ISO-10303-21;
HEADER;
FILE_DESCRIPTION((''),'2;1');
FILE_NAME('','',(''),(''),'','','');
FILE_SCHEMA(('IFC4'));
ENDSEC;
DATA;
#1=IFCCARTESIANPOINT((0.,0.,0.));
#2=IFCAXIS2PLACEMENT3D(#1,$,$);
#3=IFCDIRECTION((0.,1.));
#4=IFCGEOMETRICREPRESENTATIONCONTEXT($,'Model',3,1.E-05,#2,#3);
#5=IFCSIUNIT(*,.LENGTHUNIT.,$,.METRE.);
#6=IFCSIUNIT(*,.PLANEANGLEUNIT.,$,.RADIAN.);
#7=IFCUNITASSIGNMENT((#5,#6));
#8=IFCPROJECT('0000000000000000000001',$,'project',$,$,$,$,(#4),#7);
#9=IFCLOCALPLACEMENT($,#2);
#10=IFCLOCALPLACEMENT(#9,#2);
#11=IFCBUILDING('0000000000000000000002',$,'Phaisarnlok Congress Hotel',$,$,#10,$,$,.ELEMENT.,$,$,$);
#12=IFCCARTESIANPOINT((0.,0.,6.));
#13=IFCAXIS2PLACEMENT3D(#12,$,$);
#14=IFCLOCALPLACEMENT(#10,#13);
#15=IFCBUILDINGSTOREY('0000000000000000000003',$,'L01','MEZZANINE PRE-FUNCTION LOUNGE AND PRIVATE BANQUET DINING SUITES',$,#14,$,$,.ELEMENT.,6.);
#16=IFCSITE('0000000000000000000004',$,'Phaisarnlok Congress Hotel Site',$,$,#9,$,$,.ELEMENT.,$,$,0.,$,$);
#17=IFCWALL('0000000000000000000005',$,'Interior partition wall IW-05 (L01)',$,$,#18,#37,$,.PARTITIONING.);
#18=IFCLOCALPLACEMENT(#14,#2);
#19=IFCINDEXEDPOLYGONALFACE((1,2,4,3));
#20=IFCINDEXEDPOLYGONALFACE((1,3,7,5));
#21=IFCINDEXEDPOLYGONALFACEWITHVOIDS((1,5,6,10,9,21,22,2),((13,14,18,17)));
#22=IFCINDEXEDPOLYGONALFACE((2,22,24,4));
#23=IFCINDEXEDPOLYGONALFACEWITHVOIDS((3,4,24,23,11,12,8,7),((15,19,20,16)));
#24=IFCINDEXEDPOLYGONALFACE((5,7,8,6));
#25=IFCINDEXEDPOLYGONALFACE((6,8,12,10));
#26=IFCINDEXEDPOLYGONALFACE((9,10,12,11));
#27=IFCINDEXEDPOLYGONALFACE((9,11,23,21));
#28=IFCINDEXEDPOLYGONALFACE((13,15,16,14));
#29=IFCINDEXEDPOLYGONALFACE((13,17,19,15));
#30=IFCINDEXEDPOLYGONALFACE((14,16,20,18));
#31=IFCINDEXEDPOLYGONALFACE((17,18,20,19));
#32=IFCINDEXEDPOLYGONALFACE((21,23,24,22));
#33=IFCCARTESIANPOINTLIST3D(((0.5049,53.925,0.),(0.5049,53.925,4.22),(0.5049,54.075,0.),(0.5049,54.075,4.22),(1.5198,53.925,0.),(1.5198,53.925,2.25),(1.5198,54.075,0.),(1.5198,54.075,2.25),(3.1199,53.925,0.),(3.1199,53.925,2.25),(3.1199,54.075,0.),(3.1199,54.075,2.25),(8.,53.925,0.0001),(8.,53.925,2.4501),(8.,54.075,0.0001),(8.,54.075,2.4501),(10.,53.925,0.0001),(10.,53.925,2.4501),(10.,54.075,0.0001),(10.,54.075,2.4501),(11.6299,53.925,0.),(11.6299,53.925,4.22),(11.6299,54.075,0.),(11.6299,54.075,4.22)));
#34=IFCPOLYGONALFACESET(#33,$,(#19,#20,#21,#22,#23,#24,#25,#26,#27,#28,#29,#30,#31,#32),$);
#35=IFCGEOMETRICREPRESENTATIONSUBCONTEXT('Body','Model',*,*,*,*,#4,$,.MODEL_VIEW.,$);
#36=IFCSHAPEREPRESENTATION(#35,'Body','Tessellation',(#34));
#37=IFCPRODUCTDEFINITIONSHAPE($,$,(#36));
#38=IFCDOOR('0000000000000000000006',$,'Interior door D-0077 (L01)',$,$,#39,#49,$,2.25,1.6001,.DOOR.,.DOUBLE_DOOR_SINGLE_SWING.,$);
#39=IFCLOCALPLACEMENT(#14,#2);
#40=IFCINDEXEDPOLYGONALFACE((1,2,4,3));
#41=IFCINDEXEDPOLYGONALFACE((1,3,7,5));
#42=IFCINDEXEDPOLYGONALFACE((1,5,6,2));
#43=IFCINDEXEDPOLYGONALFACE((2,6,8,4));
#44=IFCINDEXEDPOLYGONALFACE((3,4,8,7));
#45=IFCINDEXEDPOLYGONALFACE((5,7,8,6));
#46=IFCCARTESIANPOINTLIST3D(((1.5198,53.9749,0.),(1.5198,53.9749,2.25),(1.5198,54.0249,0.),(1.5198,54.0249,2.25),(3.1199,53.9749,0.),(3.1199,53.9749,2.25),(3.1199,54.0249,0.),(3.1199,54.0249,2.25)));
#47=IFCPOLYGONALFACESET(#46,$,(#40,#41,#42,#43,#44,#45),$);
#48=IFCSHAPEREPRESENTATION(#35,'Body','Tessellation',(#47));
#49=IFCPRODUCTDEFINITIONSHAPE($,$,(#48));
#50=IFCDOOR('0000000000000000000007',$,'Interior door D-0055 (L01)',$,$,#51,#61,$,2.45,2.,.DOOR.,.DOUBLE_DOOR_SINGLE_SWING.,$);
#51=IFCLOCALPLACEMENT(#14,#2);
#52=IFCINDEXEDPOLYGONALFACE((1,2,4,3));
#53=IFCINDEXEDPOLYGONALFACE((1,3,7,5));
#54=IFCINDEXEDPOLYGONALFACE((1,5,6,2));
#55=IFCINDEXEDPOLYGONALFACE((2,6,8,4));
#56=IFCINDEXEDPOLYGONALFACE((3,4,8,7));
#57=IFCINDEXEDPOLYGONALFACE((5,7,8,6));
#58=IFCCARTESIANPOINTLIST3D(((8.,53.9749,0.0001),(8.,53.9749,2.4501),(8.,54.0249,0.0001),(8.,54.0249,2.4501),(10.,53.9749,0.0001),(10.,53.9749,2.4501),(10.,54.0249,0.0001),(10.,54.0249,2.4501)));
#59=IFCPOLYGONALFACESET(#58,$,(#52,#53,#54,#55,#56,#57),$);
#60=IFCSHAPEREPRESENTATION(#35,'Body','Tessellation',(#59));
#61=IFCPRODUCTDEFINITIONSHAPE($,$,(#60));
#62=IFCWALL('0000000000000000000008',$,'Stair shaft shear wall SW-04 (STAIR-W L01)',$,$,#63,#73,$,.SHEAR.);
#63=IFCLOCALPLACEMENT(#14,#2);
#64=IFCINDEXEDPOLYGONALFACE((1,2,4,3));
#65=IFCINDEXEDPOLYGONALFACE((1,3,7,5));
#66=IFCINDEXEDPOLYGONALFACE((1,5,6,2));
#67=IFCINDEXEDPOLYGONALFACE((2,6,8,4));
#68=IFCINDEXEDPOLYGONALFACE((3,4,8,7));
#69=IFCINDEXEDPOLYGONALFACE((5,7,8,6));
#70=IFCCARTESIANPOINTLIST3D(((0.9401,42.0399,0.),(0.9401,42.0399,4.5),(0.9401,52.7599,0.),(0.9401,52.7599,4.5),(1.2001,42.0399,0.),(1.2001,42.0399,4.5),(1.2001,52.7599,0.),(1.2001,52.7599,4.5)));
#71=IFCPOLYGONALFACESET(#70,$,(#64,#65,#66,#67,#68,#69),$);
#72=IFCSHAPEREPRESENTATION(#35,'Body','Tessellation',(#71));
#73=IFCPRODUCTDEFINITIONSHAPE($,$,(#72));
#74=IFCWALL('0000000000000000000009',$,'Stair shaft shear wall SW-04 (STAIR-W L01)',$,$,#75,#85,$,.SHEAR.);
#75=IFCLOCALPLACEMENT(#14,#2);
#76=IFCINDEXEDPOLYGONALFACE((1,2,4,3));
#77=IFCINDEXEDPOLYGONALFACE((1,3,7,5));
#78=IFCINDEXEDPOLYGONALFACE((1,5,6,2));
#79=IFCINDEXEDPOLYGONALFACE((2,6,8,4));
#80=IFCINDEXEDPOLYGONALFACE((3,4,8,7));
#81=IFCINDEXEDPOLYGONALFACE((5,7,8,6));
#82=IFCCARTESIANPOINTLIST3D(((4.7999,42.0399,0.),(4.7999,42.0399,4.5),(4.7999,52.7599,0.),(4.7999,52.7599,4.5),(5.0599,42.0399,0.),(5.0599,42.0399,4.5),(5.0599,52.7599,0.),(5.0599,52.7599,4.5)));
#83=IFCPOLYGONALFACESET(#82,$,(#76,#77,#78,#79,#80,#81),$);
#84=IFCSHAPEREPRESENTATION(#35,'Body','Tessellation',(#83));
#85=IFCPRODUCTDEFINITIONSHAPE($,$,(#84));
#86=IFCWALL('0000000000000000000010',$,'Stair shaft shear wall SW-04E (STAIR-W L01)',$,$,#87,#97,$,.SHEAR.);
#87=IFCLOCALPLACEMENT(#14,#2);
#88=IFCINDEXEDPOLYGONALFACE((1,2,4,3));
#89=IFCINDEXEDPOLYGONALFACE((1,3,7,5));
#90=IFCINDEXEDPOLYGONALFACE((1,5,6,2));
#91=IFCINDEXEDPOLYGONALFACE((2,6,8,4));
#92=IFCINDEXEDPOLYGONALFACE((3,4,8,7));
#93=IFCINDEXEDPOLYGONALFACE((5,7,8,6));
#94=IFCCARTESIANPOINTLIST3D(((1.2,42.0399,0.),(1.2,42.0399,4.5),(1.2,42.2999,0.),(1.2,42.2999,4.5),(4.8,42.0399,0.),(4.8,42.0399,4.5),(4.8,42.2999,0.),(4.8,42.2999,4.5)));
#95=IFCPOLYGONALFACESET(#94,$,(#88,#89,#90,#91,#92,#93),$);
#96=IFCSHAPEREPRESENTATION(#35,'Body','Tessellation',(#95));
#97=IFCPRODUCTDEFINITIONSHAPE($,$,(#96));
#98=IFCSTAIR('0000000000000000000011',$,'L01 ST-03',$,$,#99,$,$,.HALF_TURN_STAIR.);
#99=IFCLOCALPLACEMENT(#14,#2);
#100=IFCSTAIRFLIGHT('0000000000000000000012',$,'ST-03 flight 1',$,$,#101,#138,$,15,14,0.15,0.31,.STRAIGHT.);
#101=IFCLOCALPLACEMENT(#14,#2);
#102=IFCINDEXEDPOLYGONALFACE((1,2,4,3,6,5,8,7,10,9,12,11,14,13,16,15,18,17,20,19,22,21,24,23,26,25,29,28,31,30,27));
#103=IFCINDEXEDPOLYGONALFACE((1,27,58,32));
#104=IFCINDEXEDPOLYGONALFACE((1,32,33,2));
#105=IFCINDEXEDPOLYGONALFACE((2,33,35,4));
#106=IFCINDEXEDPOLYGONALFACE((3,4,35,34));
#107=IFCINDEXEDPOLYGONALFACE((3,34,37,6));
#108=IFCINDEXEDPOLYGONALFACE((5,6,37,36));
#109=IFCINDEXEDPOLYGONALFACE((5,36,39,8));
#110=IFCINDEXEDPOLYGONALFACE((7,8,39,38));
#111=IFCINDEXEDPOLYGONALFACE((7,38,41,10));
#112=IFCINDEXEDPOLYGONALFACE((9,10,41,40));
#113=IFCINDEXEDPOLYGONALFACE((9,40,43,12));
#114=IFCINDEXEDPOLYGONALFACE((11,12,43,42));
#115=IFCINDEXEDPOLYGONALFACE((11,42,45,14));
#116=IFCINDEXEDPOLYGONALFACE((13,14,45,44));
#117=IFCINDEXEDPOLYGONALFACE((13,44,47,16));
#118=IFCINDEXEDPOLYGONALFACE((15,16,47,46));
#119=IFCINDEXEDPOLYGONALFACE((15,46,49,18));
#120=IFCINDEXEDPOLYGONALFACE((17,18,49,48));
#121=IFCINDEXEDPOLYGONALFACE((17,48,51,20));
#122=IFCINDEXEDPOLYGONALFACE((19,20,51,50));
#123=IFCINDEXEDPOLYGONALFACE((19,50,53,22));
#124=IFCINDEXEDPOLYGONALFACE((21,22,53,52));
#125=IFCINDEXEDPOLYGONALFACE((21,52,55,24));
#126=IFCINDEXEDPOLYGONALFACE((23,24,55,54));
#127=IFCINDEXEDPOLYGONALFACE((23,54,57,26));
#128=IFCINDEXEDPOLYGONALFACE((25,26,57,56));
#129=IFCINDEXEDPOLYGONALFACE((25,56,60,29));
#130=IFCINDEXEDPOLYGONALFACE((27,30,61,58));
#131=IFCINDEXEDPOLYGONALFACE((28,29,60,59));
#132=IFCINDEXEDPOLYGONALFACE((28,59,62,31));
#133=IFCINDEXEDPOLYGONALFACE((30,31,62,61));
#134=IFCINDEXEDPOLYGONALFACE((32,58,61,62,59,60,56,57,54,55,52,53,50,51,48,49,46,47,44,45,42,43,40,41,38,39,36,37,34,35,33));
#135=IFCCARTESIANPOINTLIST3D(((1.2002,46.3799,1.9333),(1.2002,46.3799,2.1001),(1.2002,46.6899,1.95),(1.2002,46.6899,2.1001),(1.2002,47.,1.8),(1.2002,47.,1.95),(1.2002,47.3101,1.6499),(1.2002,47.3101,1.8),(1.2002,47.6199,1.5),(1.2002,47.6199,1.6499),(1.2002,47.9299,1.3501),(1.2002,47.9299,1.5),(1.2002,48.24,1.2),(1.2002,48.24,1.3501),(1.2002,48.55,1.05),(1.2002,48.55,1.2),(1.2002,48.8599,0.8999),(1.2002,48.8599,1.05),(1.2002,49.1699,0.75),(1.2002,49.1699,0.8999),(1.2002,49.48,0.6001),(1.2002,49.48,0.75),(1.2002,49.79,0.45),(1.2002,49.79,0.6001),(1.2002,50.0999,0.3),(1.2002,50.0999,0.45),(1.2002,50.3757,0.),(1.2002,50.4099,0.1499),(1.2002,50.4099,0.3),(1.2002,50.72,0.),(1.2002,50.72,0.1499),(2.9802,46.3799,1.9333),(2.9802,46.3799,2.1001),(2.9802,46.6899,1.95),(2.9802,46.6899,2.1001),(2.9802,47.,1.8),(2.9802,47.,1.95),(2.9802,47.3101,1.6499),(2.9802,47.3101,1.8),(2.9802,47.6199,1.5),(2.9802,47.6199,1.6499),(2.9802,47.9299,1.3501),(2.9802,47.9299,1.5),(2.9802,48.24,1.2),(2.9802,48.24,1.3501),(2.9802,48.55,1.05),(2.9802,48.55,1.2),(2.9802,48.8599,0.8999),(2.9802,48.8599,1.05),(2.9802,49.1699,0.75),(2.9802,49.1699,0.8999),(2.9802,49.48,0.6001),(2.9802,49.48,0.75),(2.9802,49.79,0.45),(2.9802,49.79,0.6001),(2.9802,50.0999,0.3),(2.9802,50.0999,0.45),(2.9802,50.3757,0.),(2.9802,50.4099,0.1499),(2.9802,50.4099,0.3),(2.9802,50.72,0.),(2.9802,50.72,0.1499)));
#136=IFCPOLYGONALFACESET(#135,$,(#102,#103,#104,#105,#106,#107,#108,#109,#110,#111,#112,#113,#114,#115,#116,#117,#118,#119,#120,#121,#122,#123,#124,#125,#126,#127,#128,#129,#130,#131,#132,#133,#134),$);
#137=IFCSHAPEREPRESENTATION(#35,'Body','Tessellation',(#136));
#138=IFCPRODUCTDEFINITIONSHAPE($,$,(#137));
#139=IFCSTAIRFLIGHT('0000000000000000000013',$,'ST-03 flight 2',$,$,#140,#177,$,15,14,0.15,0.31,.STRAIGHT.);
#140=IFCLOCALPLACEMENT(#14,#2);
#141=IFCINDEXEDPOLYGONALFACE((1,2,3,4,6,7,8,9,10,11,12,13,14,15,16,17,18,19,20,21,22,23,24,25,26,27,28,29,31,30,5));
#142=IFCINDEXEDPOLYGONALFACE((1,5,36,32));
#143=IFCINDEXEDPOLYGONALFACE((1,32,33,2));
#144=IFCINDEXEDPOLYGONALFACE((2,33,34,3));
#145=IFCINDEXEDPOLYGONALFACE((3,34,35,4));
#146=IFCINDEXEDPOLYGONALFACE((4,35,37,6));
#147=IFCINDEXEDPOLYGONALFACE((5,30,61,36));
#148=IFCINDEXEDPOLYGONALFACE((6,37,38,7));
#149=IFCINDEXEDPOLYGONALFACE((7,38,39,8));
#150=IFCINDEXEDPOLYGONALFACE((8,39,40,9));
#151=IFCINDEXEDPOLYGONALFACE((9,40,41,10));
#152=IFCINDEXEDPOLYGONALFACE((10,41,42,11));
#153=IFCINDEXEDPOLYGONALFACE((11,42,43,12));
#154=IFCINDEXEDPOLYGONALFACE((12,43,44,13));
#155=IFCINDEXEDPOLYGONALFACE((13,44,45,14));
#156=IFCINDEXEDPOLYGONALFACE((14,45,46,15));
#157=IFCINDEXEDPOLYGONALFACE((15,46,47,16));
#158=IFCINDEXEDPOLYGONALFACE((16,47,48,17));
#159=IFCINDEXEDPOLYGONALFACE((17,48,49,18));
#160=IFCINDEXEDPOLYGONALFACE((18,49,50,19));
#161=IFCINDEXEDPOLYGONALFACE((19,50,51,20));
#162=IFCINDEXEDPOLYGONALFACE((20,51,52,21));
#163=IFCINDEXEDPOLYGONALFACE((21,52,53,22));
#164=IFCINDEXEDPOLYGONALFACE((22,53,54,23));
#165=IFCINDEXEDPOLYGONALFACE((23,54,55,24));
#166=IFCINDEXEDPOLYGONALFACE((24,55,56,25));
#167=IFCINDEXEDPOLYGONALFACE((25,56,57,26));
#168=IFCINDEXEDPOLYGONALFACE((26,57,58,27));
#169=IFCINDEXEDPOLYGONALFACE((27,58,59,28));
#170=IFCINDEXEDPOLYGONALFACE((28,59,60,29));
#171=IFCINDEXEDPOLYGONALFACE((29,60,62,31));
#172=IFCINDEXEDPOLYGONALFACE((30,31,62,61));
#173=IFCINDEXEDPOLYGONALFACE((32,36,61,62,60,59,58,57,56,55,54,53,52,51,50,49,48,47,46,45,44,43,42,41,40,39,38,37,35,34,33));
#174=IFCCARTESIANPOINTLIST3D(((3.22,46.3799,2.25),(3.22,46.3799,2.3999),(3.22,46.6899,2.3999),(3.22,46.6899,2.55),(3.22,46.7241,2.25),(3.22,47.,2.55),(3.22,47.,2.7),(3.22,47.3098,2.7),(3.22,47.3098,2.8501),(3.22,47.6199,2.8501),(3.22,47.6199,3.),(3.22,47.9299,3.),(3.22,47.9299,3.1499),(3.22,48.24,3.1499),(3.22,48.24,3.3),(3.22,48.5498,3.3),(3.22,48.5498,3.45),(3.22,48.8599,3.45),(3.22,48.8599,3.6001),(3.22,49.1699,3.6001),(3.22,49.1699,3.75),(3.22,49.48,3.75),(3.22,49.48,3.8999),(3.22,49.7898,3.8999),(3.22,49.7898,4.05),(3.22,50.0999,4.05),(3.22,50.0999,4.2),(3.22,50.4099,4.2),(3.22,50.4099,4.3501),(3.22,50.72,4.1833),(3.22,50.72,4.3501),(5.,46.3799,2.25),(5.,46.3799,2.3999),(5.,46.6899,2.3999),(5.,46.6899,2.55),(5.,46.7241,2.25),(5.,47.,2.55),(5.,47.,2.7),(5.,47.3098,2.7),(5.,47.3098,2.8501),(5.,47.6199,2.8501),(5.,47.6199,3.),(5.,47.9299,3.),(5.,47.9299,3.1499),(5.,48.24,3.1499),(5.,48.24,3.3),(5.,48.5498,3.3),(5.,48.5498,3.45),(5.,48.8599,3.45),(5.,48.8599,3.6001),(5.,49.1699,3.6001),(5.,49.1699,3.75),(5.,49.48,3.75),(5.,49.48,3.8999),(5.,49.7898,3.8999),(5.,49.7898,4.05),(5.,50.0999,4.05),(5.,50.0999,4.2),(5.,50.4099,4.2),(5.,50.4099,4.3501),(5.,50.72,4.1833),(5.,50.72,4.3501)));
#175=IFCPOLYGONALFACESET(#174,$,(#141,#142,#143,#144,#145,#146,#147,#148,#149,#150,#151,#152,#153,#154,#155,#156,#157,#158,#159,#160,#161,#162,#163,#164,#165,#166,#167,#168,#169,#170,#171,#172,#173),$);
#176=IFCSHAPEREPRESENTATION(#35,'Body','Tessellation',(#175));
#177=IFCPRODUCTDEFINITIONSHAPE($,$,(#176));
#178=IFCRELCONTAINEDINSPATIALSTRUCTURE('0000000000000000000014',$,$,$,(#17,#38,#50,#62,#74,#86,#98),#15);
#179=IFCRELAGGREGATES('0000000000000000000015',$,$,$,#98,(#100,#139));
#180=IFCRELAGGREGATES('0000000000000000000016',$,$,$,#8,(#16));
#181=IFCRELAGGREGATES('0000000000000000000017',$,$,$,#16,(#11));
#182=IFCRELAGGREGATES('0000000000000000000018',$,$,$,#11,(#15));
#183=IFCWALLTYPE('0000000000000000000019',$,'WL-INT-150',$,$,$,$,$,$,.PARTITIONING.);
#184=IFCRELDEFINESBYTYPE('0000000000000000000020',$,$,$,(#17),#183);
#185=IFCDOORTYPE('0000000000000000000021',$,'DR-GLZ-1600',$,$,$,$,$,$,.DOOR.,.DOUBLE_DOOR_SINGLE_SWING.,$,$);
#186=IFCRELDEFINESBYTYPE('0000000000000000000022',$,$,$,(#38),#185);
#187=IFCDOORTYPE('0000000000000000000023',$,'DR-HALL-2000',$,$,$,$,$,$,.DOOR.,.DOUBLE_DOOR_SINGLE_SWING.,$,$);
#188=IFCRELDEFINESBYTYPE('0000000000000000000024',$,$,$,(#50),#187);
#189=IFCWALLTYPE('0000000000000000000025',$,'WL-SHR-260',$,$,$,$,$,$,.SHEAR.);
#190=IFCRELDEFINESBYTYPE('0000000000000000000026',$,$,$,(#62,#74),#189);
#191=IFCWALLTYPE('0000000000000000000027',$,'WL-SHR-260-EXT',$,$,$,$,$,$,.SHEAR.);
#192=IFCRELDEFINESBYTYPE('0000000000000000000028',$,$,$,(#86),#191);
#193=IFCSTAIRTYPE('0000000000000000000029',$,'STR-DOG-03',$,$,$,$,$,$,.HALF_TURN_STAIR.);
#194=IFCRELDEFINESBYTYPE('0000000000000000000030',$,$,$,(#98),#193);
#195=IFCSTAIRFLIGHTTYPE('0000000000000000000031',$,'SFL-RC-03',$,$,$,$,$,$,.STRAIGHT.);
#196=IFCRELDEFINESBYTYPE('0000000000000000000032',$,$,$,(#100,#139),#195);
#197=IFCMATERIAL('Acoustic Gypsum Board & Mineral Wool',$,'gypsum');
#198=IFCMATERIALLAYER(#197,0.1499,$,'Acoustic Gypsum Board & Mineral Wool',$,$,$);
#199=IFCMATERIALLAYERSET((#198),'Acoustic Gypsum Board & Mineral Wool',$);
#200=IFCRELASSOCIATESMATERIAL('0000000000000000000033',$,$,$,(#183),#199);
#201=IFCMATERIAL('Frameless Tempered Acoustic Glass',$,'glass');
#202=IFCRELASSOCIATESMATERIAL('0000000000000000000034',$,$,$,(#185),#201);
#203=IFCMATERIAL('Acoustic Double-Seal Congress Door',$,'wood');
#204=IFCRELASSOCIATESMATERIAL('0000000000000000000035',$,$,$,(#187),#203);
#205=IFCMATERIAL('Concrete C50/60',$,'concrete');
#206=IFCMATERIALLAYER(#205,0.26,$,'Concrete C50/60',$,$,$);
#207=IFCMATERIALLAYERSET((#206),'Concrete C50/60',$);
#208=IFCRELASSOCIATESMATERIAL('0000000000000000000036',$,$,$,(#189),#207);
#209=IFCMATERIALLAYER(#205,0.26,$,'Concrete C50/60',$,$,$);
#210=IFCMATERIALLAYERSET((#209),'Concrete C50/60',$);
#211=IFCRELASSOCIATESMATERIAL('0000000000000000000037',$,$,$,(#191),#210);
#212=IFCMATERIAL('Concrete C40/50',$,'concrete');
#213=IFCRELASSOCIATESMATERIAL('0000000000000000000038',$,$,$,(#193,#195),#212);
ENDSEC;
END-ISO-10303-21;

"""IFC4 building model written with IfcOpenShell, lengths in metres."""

from ifc_helpers import new_model, si_unit, direction, frame, frame_2d, origin, place, context, subcontext, project, spatial, polyline, rectangle, outline, extrude, material, layer, layer_set, type_object, element, fill, aggregate, save


model = new_model("IFC4")

# Units and contexts
model_context = context("Model", 3, precision=1e-05, world=origin(), true_north=direction((0.0, 1.0)))
body_context = subcontext(model_context, "Body", "Model", "MODEL_VIEW")
ifc_project = project(units=[si_unit("LENGTHUNIT", "METRE"), si_unit("PLANEANGLEUNIT", "RADIAN")], contexts=[model_context])

# Site, building, storey
site_placement = place(None, origin())
site = spatial("IfcSite", under=ifc_project, at=site_placement, Name="Phaisarnlok Congress Hotel Site", CompositionType="ELEMENT", RefElevation=0.0)
building_placement = place(site_placement, origin())
building = spatial("IfcBuilding", under=site, at=building_placement, Name="Phaisarnlok Congress Hotel", CompositionType="ELEMENT")
storey_placement = place(building_placement, frame((0.0, 0.0, 6.0)))
storey = spatial("IfcBuildingStorey", under=building, at=storey_placement, Name="L01", Description="MEZZANINE PRE-FUNCTION LOUNGE AND PRIVATE BANQUET DINING SUITES", CompositionType="ELEMENT", Elevation=6.0)

# Shared definitions
ifc_material_1 = material(Name="Concrete C50/60", Category="concrete")

# Shared definitions
ifc_material_2 = material(Name="Concrete C40/50", Category="concrete")

# Wall, openings, doors
ifc_material_3 = material(Name="Acoustic Gypsum Board & Mineral Wool", Category="gypsum")
ifc_layer_1 = layer(ifc_material_3, 0.1499, Name="Acoustic Gypsum Board & Mineral Wool")
ifc_layer_set_1 = layer_set([ifc_layer_1], Name="Acoustic Gypsum Board & Mineral Wool")
wall_type_1 = type_object("IfcWallType", Name="WL-INT-150", PredefinedType="PARTITIONING", material=ifc_layer_set_1)
wall_1_placement = place(storey_placement, frame((0.5049, 54.0, 0.0), z_axis=(0.0, 0.0, 1.0), x_axis=(1.0, 0.0, 0.0)))
wall_1 = element("IfcWall", 1, at=wall_1_placement, inside=storey, type_object=wall_type_1, Name="Interior partition wall IW-05 (L01)", PredefinedType="PARTITIONING", context=body_context, shape_type="SweptSolid", body=[
    extrude(rectangle(XDim=11.125, YDim=0.1499, at=frame_2d((5.5625, 0.0))), origin(), (0.0, 0.0, 1.0), 4.22),
])
opening_1_placement = place(wall_1_placement, frame((7.4951, 0.0, 0.0)))
opening_1 = element("IfcOpeningElement", 2, at=opening_1_placement, cuts=wall_1, PredefinedType="OPENING", context=body_context, shape_type="SweptSolid", body=[
    extrude(rectangle(XDim=2.0, YDim=2.45, at=frame_2d((1.0, 1.2251))), frame((0.0, 0.085, 0.0), z_axis=(0.0, -1.0, 0.0), x_axis=(1.0, 0.0, 0.0)), (0.0, 0.0, 1.0), 0.1699),
])
opening_2_placement = place(wall_1_placement, frame((1.0149, 0.0, 0.0)))
opening_2 = element("IfcOpeningElement", 3, at=opening_2_placement, cuts=wall_1, PredefinedType="OPENING", context=body_context, shape_type="SweptSolid", body=[
    extrude(rectangle(XDim=1.6001, YDim=2.25, at=frame_2d((0.8, 1.125))), frame((0.0, 0.085, 0.0), z_axis=(0.0, -1.0, 0.0), x_axis=(1.0, 0.0, 0.0)), (0.0, 0.0, 1.0), 0.1699),
])
ifc_material_4 = material(Name="Frameless Tempered Acoustic Glass", Category="glass")
door_type_1 = type_object("IfcDoorType", Name="DR-GLZ-1600", OperationType="DOUBLE_DOOR_SINGLE_SWING", PredefinedType="DOOR", material=ifc_material_4)
door_1_placement = place(opening_2_placement, origin())
door_1 = element("IfcDoor", 4, at=door_1_placement, inside=storey, type_object=door_type_1, Name="Interior door D-0077 (L01)", OperationType="DOUBLE_DOOR_SINGLE_SWING", OverallHeight=2.25, OverallWidth=1.6001, PredefinedType="DOOR", context=body_context, shape_type="SweptSolid", body=[
    extrude(rectangle(XDim=1.6001, YDim=2.25, at=frame_2d((0.8, 1.125))), frame((0.0, 0.0249, 0.0), z_axis=(0.0, -1.0, 0.0), x_axis=(1.0, 0.0, 0.0)), (0.0, 0.0, 1.0), 0.05),
])
fill(opening_2, door_1)
ifc_material_5 = material(Name="Acoustic Double-Seal Congress Door", Category="wood")
door_type_2 = type_object("IfcDoorType", Name="DR-HALL-2000", OperationType="DOUBLE_DOOR_SINGLE_SWING", PredefinedType="DOOR", material=ifc_material_5)
door_2_placement = place(opening_1_placement, origin())
door_2 = element("IfcDoor", 5, at=door_2_placement, inside=storey, type_object=door_type_2, Name="Interior door D-0055 (L01)", OperationType="DOUBLE_DOOR_SINGLE_SWING", OverallHeight=2.45, OverallWidth=2.0, PredefinedType="DOOR", context=body_context, shape_type="SweptSolid", body=[
    extrude(rectangle(XDim=2.0, YDim=2.45, at=frame_2d((1.0, 1.2251))), frame((0.0, 0.0249, 0.0), z_axis=(0.0, -1.0, 0.0), x_axis=(1.0, 0.0, 0.0)), (0.0, 0.0, 1.0), 0.05),
])
fill(opening_1, door_2)

# Walls
ifc_layer_2 = layer(ifc_material_1, 0.26, Name="Concrete C50/60")
ifc_layer_set_2 = layer_set([ifc_layer_2], Name="Concrete C50/60")
wall_type_2 = type_object("IfcWallType", Name="WL-SHR-260", PredefinedType="SHEAR", material=ifc_layer_set_2)
for number, where, z_axis, x_axis, name in (
    (6, (1.0701, 42.04, 0.0), (0.0, 0.0, 1.0), (0.0, 1.0, 0.0), "Stair shaft shear wall SW-04 (STAIR-W L01)"),
    (7, (4.9299, 42.04, 0.0), (0.0, 0.0, 1.0), (0.0, 1.0, 0.0), "Stair shaft shear wall SW-04 (STAIR-W L01)"),
):
    element("IfcWall", number, at=place(storey_placement, frame(where, z_axis=z_axis, x_axis=x_axis)), inside=storey, type_object=wall_type_2, Name=name, PredefinedType="SHEAR", context=body_context, shape_type="SweptSolid", body=[
        extrude(rectangle(XDim=10.72, YDim=0.26, at=frame_2d((5.3599, 0.0))), origin(), (0.0, 0.0, 1.0), 4.5),
    ])

# Wall
ifc_layer_3 = layer(ifc_material_1, 0.26, Name="Concrete C50/60")
ifc_layer_set_3 = layer_set([ifc_layer_3], Name="Concrete C50/60")
wall_type_3 = type_object("IfcWallType", Name="WL-SHR-260-EXT", PredefinedType="SHEAR", material=ifc_layer_set_3)
wall_2_placement = place(storey_placement, frame((1.2, 42.1699, 0.0), z_axis=(0.0, 0.0, 1.0), x_axis=(1.0, 0.0, 0.0)))
element("IfcWall", 8, at=wall_2_placement, inside=storey, type_object=wall_type_3, Name="Stair shaft shear wall SW-04E (STAIR-W L01)", PredefinedType="SHEAR", context=body_context, shape_type="SweptSolid", body=[
    extrude(rectangle(XDim=3.6001, YDim=0.26, at=frame_2d((1.8, 0.0))), origin(), (0.0, 0.0, 1.0), 4.5),
])

# Stair, stair flights
stair_type = type_object("IfcStairType", Name="STR-DOG-03", PredefinedType="HALF_TURN_STAIR", material=ifc_material_2)
stair_placement = place(storey_placement, origin())
stair = element("IfcStair", 9, at=stair_placement, inside=storey, type_object=stair_type, Name="L01 ST-03", PredefinedType="HALF_TURN_STAIR")
stair_flight_type = type_object("IfcStairFlightType", Name="SFL-RC-03", PredefinedType="STRAIGHT", material=ifc_material_2)
stair_flight_1_placement = place(storey_placement, frame((2.0901, 50.72, 0.0), z_axis=(0.0, 0.0, 1.0), x_axis=(0.0, -1.0, 0.0)))
stair_flight_1 = element("IfcStairFlight", 10, at=stair_flight_1_placement, type_object=stair_flight_type, Name="ST-03 flight 1", NumberOfRisers=15, NumberOfTreads=14, PredefinedType="STRAIGHT", RiserHeight=0.15, TreadLength=0.31, context=body_context, shape_type="SweptSolid", body=[
    extrude(outline(polyline([(0.0, 0.0), (0.0, 0.1499), (0.3101, 0.1499), (0.3101, 0.3), (0.6201, 0.3), (0.6201, 0.45), (0.9299, 0.45), (0.9299, 0.6001), (1.24, 0.6001), (1.24, 0.75), (1.55, 0.75), (1.55, 0.8999), (1.8601, 0.8999), (1.8601, 1.05), (2.1699, 1.05), (2.1699, 1.2), (2.48, 1.2), (2.48, 1.3501), (2.79, 1.3501), (2.79, 1.5), (3.1001, 1.5), (3.1001, 1.6499), (3.4099, 1.6499), (3.4099, 1.8), (3.72, 1.8), (3.72, 1.95), (4.03, 1.95), (4.03, 2.1001), (4.3401, 2.1001), (4.3401, 2.25), (4.3401, 1.9333), (0.3442, 0.0), (0.0, 0.0)])), frame((0.0, 0.8901, 0.0), z_axis=(0.0, -1.0, 0.0), x_axis=(1.0, 0.0, 0.0)), (0.0, 0.0, 1.0), 1.78),
])
stair_flight_2_placement = place(storey_placement, frame((4.1101, 46.3799, 2.25), z_axis=(0.0, 0.0, 1.0), x_axis=(0.0, 1.0, 0.0)))
stair_flight_2 = element("IfcStairFlight", 11, at=stair_flight_2_placement, type_object=stair_flight_type, Name="ST-03 flight 2", NumberOfRisers=15, NumberOfTreads=14, PredefinedType="STRAIGHT", RiserHeight=0.15, TreadLength=0.31, context=body_context, shape_type="SweptSolid", body=[
    extrude(outline(polyline([(0.0, 0.0), (0.0, 0.1499), (0.3101, 0.1499), (0.3101, 0.3), (0.6201, 0.3), (0.6201, 0.45), (0.9299, 0.45), (0.9299, 0.6001), (1.24, 0.6001), (1.24, 0.75), (1.55, 0.75), (1.55, 0.8999), (1.8601, 0.8999), (1.8601, 1.05), (2.1699, 1.05), (2.1699, 1.2), (2.48, 1.2), (2.48, 1.3501), (2.79, 1.3501), (2.79, 1.5), (3.1001, 1.5), (3.1001, 1.6499), (3.4099, 1.6499), (3.4099, 1.8), (3.72, 1.8), (3.72, 1.95), (4.03, 1.95), (4.03, 2.1001), (4.3401, 2.1001), (4.3401, 2.25), (4.3401, 1.9333), (0.3442, 0.0), (0.0, 0.0)])), frame((0.0, 0.8901, 0.0), z_axis=(0.0, -1.0, 0.0), x_axis=(1.0, 0.0, 0.0)), (0.0, 0.0, 1.0), 1.78),
])
aggregate(stair, [stair_flight_1, stair_flight_2])

save(model, "model.ifc")
